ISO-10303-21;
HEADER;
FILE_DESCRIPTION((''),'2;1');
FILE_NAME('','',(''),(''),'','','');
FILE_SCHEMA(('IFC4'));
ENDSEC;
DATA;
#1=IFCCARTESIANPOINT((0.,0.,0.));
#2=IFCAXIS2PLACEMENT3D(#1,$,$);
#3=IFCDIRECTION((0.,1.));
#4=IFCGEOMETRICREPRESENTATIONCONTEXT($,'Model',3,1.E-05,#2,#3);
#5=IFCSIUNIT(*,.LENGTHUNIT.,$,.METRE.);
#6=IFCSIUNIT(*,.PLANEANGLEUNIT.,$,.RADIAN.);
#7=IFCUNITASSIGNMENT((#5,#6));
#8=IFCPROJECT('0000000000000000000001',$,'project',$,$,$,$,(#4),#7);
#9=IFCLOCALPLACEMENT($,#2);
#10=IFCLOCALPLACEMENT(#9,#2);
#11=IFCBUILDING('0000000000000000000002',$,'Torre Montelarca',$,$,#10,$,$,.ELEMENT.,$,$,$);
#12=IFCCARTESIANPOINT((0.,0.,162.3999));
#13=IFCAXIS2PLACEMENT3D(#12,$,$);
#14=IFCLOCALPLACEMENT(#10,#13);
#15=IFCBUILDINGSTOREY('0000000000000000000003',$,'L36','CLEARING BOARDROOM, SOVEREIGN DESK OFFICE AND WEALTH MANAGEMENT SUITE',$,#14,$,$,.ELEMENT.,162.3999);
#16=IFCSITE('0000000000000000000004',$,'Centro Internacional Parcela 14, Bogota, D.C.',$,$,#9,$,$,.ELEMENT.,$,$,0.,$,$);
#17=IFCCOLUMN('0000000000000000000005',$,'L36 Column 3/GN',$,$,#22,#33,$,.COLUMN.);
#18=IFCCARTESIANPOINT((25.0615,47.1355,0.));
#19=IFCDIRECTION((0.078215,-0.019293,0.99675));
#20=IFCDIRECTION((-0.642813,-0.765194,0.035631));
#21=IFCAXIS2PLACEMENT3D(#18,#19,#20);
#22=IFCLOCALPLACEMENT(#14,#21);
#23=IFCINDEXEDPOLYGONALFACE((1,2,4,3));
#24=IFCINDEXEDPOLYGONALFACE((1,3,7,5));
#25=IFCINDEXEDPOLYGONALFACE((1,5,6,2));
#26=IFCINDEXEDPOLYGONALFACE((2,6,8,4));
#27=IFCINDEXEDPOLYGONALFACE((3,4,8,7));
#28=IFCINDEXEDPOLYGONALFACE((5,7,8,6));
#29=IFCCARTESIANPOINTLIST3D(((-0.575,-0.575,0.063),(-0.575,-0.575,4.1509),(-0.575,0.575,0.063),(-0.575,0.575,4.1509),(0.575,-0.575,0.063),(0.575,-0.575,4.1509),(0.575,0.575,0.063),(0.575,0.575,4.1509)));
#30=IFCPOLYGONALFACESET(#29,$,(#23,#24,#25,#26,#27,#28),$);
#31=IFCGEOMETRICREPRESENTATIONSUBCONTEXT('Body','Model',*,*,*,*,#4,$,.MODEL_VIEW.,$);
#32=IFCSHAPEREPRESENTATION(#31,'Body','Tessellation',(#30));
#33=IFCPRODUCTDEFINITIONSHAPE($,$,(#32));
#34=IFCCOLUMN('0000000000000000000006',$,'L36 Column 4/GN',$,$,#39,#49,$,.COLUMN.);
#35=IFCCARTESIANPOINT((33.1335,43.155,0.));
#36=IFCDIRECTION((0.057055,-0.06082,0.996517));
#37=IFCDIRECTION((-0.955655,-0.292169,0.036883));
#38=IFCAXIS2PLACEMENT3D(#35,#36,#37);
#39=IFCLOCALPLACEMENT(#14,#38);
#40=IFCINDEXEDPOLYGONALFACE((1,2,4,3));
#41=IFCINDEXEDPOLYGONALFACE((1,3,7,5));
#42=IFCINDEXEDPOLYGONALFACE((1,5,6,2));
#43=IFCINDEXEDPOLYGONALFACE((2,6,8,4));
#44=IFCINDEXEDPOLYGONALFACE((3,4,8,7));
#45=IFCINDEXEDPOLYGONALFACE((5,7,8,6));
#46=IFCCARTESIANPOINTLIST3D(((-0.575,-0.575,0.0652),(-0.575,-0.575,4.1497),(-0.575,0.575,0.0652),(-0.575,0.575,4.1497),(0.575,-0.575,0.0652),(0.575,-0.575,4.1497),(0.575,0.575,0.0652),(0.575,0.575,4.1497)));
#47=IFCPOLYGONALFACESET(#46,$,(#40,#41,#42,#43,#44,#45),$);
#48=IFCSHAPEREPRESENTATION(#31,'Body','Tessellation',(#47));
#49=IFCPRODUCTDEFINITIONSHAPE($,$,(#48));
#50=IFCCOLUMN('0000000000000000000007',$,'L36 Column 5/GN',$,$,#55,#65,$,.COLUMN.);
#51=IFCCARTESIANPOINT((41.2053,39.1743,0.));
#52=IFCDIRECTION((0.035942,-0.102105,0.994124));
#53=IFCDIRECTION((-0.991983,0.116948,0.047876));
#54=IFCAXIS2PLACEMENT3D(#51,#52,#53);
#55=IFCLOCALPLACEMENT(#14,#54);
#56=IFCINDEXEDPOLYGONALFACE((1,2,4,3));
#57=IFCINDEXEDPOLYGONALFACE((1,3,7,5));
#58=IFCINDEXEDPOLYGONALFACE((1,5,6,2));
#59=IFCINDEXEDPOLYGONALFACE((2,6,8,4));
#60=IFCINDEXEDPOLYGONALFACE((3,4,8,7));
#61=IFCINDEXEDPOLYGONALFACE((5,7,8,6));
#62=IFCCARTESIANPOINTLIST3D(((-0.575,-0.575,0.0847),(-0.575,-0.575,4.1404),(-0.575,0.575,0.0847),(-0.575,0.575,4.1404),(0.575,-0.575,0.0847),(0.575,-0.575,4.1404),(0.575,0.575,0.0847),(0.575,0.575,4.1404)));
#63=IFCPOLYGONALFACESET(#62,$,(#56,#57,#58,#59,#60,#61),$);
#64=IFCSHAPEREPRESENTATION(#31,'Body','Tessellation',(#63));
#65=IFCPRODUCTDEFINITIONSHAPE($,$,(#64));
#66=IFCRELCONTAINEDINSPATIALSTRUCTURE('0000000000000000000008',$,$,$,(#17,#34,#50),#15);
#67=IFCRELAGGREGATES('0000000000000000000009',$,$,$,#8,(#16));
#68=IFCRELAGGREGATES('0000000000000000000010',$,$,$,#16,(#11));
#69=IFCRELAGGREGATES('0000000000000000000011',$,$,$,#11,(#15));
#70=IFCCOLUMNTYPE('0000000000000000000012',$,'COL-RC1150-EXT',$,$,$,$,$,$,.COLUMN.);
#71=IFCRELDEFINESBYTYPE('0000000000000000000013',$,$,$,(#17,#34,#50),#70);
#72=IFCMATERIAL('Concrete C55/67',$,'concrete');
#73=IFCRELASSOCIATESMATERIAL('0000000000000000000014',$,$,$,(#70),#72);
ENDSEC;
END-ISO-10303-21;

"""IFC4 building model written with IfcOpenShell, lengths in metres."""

from ifc_helpers import new_model, si_unit, direction, frame, origin, origin_2d, place, context, subcontext, project, spatial, rectangle, extrude, clip, halfspace, material, material_profile, profile_set, type_object, element, save


model = new_model("IFC4")

# Units and contexts
model_context = context("Model", 3, precision=1e-05, world=origin(), true_north=direction((0.0, 1.0)))
body_context = subcontext(model_context, "Body", "Model", "MODEL_VIEW")
ifc_project = project(units=[si_unit("LENGTHUNIT", "METRE"), si_unit("PLANEANGLEUNIT", "RADIAN")], contexts=[model_context])

# Site, building, storey
site_placement = place(None, origin())
site = spatial("IfcSite", under=ifc_project, at=site_placement, Name="Centro Internacional Parcela 14, Bogota, D.C.", CompositionType="ELEMENT", RefElevation=0.0)
building_placement = place(site_placement, origin())
building = spatial("IfcBuilding", under=site, at=building_placement, Name="Torre Montelarca", CompositionType="ELEMENT")
storey_placement = place(building_placement, frame((0.0, 0.0, 162.3999)))
storey = spatial("IfcBuildingStorey", under=building, at=storey_placement, Name="L36", Description="CLEARING BOARDROOM, SOVEREIGN DESK OFFICE AND WEALTH MANAGEMENT SUITE", CompositionType="ELEMENT", Elevation=162.3999)

# Columns
ifc_material_1 = material(Name="Concrete C55/67", Category="concrete")
ifc_material_profile_1 = material_profile(ifc_material_1, rectangle(XDim=1.1499, YDim=1.1499, at=origin_2d()), Name="RC1150X1150", Category="concrete")
ifc_profile_set_1 = profile_set([ifc_material_profile_1], Name="Concrete C55/67")
column_type_1 = type_object("IfcColumnType", Name="COL-RC1150-EXT", PredefinedType="COLUMN", material=ifc_profile_set_1)
column_1_placement = place(storey_placement, frame((25.0615, 47.1355, 0.0), z_axis=(0.078215, -0.019293, 0.99675), x_axis=(-0.642813, -0.765194, 0.035631)))
element("IfcColumn", 1, at=column_1_placement, inside=storey, type_object=column_type_1, Name="L36 Column 3/GN", PredefinedType="COLUMN", context=body_context, shape_type="Clipping", body=[
    clip(clip(extrude(rectangle(XDim=1.1499, YDim=1.1499, at=origin_2d()), origin(), (0.0, 0.0, 1.0), 4.2139), halfspace(frame((0.0, 0.0, 0.063), z_axis=(0.0, 0.0, -1.0), x_axis=(1.0, 0.0, 0.0)), False)), halfspace(frame((0.0, 0.0, 4.1509), z_axis=(0.0, 0.0, 1.0), x_axis=(1.0, 0.0, 0.0)), False)),
])
column_2_placement = place(storey_placement, frame((33.1335, 43.155, 0.0), z_axis=(0.057055, -0.06082, 0.996517), x_axis=(-0.955655, -0.292169, 0.036883)))
element("IfcColumn", 2, at=column_2_placement, inside=storey, type_object=column_type_1, Name="L36 Column 4/GN", PredefinedType="COLUMN", context=body_context, shape_type="Clipping", body=[
    clip(clip(extrude(rectangle(XDim=1.1499, YDim=1.1499, at=origin_2d()), origin(), (0.0, 0.0, 1.0), 4.2148), halfspace(frame((0.0, 0.0, 0.0652), z_axis=(0.0, 0.0, -1.0), x_axis=(1.0, 0.0, 0.0)), False)), halfspace(frame((0.0, 0.0, 4.1497), z_axis=(0.0, 0.0, 1.0), x_axis=(1.0, 0.0, 0.0)), False)),
])
column_3_placement = place(storey_placement, frame((41.2053, 39.1743, 0.0), z_axis=(0.035942, -0.102105, 0.994124), x_axis=(-0.991983, 0.116948, 0.047876)))
element("IfcColumn", 3, at=column_3_placement, inside=storey, type_object=column_type_1, Name="L36 Column 5/GN", PredefinedType="COLUMN", context=body_context, shape_type="Clipping", body=[
    clip(clip(extrude(rectangle(XDim=1.1499, YDim=1.1499, at=origin_2d()), origin(), (0.0, 0.0, 1.0), 4.2251), halfspace(frame((0.0, 0.0, 0.0847), z_axis=(0.0, 0.0, -1.0), x_axis=(1.0, 0.0, 0.0)), False)), halfspace(frame((0.0, 0.0, 4.1404), z_axis=(0.0, 0.0, 1.0), x_axis=(1.0, 0.0, 0.0)), False)),
])

save(model, "model.ifc")
